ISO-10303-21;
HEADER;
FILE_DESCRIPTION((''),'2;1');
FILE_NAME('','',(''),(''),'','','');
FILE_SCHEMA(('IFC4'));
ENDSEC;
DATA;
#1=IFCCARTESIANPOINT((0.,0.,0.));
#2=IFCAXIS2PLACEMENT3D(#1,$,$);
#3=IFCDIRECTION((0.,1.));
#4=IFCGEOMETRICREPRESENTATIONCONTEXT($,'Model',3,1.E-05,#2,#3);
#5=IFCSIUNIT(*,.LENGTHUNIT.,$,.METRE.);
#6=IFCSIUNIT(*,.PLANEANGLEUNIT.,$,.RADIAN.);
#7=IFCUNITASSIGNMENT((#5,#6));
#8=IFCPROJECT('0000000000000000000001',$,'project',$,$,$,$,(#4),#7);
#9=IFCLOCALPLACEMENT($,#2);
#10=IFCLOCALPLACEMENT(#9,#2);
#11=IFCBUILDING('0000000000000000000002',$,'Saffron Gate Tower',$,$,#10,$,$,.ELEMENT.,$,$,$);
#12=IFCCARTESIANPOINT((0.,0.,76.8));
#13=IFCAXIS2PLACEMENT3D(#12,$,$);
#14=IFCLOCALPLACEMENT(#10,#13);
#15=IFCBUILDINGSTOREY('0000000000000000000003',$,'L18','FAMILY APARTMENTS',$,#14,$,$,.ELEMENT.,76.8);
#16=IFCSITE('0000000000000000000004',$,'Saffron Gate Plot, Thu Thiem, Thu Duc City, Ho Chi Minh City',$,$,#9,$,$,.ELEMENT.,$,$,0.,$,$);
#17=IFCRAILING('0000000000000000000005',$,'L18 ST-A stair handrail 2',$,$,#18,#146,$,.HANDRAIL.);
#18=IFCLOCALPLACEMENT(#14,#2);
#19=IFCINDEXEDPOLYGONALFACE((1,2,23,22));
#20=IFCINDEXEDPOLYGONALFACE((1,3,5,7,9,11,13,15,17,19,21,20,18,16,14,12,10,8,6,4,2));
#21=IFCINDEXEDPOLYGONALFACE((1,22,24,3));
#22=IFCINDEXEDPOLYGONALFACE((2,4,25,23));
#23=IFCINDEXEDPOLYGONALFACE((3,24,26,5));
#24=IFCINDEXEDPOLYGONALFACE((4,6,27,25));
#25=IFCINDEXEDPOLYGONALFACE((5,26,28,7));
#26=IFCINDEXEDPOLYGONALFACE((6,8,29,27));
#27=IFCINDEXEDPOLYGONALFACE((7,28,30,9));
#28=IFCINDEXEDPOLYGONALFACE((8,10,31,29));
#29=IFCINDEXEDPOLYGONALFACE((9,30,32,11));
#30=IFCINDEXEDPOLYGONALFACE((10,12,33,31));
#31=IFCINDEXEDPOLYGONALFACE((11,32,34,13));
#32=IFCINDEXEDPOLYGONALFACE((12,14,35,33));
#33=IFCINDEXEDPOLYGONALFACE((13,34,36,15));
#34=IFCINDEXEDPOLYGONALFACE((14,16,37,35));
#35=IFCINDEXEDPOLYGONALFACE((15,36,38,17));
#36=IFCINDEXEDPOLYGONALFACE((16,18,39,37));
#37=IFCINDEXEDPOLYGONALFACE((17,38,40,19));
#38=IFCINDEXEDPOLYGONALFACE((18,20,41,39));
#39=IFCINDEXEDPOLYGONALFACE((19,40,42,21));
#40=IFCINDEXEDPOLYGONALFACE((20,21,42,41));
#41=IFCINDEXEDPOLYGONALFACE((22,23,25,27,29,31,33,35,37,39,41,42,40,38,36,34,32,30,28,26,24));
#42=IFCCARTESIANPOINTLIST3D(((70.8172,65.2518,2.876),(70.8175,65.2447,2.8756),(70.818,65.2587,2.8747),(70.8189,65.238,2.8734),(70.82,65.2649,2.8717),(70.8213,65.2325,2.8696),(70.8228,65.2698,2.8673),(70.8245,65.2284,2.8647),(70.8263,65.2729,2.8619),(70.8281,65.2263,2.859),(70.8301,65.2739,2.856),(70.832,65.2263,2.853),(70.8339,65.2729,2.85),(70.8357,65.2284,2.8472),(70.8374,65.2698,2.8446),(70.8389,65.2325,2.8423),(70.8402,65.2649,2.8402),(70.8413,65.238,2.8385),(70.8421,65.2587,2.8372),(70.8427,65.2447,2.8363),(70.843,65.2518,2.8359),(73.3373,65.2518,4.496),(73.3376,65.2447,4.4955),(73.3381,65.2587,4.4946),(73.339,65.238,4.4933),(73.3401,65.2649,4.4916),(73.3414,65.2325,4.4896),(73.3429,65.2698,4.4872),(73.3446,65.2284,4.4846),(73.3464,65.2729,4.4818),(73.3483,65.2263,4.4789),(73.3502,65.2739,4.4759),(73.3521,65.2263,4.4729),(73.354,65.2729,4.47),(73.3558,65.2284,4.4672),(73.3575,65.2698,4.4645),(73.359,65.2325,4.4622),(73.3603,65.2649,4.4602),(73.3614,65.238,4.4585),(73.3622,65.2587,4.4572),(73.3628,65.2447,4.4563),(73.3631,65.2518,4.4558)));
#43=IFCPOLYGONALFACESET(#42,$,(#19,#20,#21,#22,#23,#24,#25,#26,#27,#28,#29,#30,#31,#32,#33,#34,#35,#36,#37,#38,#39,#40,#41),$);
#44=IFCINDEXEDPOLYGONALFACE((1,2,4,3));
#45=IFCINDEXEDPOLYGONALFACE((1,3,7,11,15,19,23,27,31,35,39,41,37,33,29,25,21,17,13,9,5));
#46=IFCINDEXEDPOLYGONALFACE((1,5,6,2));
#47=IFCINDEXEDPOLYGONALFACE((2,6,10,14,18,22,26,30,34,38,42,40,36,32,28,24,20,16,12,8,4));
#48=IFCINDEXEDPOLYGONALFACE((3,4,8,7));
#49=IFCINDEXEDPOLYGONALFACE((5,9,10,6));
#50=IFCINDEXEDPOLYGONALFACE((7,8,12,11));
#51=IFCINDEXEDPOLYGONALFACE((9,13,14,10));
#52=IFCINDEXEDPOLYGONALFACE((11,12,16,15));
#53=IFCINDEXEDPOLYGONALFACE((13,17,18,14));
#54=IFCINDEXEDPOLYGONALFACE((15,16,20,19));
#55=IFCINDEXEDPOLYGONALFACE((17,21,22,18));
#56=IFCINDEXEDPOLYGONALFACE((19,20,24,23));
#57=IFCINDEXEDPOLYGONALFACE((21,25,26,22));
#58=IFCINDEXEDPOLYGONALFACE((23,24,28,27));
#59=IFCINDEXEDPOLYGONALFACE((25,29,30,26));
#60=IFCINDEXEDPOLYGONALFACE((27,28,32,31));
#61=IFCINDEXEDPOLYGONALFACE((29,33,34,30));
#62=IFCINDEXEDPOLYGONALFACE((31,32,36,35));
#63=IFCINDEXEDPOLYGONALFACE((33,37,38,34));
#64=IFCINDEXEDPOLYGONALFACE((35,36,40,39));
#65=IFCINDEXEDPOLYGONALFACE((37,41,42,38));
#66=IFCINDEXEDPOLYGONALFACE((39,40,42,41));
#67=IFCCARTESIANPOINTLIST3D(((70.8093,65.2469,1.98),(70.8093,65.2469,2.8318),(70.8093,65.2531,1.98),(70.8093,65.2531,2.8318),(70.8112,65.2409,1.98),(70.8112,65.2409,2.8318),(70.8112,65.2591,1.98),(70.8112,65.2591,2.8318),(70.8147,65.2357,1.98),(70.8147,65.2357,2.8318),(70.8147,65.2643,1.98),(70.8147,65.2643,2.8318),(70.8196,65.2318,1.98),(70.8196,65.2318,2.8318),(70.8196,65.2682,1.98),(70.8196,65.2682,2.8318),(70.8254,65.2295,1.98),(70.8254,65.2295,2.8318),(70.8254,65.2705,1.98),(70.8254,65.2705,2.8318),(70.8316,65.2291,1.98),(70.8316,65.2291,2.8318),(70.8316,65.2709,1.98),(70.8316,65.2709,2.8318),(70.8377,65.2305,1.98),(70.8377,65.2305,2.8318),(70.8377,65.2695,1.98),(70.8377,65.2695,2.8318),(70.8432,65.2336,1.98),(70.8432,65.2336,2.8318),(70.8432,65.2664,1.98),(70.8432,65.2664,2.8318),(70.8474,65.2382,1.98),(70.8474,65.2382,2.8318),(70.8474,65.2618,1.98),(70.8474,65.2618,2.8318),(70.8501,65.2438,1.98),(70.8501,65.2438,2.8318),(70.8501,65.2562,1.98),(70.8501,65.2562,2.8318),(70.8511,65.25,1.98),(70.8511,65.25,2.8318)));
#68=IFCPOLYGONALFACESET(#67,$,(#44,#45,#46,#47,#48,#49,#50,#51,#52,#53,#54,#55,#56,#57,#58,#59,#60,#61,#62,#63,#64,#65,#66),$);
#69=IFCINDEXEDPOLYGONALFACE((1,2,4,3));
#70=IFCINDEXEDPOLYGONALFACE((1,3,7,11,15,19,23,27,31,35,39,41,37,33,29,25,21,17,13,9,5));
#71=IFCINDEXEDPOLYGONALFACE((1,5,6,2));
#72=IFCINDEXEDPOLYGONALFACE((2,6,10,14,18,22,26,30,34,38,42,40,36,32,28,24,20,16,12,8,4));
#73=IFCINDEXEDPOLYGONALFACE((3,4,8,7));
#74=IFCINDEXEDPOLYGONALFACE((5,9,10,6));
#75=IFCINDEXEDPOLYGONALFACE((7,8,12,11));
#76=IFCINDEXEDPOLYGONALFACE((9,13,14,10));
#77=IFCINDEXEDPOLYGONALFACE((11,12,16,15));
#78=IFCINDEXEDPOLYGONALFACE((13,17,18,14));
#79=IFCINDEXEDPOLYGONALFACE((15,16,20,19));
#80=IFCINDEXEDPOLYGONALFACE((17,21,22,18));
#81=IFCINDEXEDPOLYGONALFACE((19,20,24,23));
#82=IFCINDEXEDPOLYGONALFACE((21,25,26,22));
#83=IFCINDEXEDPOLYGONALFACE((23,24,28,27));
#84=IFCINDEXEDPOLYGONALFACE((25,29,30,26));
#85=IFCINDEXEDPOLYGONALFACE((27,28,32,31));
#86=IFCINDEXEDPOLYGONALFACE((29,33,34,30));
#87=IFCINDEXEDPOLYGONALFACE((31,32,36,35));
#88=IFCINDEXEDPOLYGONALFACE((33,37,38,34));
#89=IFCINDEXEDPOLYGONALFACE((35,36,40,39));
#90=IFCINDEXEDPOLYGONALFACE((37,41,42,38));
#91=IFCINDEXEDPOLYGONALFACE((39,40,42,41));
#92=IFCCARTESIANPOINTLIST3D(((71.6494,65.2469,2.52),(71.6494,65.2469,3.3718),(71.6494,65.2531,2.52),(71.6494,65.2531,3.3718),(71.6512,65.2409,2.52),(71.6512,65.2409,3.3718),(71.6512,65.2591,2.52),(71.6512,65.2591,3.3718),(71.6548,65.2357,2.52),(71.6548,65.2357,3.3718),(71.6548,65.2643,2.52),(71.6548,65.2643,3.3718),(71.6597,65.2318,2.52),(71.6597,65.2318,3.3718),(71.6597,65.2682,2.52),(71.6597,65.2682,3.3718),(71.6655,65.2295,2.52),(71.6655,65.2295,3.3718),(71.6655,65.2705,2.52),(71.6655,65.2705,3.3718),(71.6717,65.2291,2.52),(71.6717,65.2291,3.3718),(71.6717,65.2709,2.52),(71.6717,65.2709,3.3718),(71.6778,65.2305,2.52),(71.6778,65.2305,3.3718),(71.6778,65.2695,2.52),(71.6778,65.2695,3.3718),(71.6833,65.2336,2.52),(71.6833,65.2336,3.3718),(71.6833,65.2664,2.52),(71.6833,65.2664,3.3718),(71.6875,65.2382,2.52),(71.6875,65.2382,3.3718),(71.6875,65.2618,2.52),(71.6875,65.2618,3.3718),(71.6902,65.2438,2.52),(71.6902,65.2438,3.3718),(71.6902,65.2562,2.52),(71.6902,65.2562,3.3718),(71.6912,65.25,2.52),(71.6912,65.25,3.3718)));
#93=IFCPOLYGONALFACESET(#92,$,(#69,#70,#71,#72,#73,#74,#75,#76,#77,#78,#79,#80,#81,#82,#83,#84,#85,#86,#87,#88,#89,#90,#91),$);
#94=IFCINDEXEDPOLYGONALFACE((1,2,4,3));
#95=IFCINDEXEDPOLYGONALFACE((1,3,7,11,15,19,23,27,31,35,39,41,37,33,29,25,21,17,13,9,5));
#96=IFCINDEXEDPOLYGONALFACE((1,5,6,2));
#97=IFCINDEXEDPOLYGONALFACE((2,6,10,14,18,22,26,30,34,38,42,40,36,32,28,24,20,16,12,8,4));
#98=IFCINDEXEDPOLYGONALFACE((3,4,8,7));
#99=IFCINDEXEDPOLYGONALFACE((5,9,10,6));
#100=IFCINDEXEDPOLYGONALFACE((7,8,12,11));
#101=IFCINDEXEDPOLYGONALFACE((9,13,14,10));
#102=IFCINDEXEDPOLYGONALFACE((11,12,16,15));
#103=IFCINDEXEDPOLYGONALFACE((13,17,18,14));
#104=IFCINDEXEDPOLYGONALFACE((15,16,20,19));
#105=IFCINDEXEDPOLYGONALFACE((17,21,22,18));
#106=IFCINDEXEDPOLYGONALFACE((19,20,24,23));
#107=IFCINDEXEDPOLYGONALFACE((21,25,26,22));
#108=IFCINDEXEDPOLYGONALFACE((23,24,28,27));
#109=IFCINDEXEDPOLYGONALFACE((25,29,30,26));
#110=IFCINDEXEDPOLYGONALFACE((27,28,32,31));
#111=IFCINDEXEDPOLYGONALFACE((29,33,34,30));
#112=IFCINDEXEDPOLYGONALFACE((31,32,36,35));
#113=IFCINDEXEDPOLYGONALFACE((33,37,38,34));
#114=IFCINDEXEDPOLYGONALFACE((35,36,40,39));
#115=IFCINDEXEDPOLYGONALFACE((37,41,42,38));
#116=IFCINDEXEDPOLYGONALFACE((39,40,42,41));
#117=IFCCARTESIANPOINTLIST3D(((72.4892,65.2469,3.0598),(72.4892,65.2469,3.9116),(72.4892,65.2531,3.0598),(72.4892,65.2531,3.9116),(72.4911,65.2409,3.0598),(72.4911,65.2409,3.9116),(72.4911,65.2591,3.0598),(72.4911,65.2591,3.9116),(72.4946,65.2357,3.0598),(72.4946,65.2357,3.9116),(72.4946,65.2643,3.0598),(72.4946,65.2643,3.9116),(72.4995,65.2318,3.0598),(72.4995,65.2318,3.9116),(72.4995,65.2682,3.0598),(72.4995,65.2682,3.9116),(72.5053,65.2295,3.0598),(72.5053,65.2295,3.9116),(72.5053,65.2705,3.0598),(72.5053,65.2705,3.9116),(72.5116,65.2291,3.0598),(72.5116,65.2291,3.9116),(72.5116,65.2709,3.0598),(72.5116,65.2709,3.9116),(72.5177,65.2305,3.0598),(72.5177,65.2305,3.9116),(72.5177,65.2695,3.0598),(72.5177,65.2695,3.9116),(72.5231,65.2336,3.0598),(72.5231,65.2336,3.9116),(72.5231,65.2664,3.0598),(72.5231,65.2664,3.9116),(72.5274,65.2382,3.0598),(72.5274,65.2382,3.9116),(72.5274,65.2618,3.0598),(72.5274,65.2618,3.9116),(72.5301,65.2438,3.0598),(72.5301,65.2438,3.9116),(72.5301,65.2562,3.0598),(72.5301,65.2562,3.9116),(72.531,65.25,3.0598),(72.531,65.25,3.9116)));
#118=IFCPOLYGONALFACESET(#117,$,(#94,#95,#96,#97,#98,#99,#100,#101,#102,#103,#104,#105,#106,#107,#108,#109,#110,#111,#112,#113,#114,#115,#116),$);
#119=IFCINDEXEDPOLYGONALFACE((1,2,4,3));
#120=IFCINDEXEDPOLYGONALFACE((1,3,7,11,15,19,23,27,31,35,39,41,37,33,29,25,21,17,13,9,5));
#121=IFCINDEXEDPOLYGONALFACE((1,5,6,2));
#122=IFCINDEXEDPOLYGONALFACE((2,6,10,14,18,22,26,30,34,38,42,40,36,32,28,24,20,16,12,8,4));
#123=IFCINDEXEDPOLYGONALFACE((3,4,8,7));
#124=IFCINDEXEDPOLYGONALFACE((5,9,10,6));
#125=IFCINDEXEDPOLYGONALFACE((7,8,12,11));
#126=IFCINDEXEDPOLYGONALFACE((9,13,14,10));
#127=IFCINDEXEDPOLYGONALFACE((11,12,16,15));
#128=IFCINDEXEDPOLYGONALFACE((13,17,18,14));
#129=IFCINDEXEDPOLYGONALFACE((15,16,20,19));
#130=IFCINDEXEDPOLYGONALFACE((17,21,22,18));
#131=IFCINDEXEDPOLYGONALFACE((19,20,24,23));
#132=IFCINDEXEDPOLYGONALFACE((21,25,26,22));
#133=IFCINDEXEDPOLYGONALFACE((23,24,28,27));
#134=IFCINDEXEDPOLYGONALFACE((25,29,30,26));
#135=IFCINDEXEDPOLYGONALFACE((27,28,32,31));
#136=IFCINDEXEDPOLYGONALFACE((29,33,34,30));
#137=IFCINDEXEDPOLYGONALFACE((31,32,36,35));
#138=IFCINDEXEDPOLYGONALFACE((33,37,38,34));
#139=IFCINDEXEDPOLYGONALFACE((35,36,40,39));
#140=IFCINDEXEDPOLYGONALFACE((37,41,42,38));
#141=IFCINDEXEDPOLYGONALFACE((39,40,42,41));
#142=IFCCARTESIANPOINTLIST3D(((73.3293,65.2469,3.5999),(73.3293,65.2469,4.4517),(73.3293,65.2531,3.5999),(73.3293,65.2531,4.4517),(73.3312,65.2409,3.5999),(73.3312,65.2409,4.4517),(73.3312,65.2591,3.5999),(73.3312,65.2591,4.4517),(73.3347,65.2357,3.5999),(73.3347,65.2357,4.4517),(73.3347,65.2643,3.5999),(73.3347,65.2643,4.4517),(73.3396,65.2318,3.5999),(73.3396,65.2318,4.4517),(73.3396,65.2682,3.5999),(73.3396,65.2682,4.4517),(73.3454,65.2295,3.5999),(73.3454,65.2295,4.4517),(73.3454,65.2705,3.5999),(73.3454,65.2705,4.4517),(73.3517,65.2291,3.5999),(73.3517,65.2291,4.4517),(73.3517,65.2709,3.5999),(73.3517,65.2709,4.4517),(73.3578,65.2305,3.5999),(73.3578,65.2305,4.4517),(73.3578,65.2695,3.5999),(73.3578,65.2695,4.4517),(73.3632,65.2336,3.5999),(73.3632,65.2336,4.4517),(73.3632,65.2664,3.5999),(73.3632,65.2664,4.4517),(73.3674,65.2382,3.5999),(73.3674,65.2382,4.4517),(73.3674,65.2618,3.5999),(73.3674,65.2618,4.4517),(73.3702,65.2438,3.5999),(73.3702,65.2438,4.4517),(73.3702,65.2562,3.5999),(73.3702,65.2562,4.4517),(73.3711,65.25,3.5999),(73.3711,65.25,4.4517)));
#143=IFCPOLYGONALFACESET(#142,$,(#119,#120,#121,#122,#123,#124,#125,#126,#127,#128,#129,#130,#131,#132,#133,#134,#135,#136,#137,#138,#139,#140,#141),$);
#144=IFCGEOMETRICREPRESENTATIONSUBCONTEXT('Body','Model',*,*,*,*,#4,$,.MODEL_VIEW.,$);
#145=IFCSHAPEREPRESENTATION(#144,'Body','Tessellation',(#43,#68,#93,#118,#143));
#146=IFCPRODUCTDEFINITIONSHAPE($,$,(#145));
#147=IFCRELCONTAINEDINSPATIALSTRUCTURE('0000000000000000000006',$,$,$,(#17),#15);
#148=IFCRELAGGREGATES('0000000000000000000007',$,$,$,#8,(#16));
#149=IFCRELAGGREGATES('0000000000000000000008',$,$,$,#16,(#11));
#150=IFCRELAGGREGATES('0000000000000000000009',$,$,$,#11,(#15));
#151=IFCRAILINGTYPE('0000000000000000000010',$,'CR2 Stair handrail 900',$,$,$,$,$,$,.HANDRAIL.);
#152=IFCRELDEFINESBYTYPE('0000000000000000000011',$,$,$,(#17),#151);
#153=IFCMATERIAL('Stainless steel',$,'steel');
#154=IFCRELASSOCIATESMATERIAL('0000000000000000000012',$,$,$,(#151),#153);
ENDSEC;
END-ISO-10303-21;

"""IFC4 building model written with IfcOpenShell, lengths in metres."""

from ifc_helpers import new_model, si_unit, direction, frame, origin, origin_2d, place, context, subcontext, project, spatial, circle, extrude, material, type_object, element, save


model = new_model("IFC4")

# Units and contexts
model_context = context("Model", 3, precision=1e-05, world=origin(), true_north=direction((0.0, 1.0)))
body_context = subcontext(model_context, "Body", "Model", "MODEL_VIEW")
ifc_project = project(units=[si_unit("LENGTHUNIT", "METRE"), si_unit("PLANEANGLEUNIT", "RADIAN")], contexts=[model_context])

# Site, building, storey
site_placement = place(None, origin())
site = spatial("IfcSite", under=ifc_project, at=site_placement, Name="Saffron Gate Plot, Thu Thiem, Thu Duc City, Ho Chi Minh City", CompositionType="ELEMENT", RefElevation=0.0)
building_placement = place(site_placement, origin())
building = spatial("IfcBuilding", under=site, at=building_placement, Name="Saffron Gate Tower", CompositionType="ELEMENT")
storey_placement = place(building_placement, frame((0.0, 0.0, 76.8)))
storey = spatial("IfcBuildingStorey", under=building, at=storey_placement, Name="L18", Description="FAMILY APARTMENTS", CompositionType="ELEMENT", Elevation=76.8)

# Railing
ifc_material_1 = material(Name="Stainless steel", Category="steel")
railing_type_1 = type_object("IfcRailingType", Name="CR2 Stair handrail 900", PredefinedType="HANDRAIL", material=ifc_material_1)
railing_1_placement = place(storey_placement, frame((70.8301, 65.25, 1.98)))
element("IfcRailing", 1, at=railing_1_placement, inside=storey, type_object=railing_type_1, Name="L18 ST-A stair handrail 2", PredefinedType="HANDRAIL", context=body_context, shape_type="SweptSolid", body=[
    extrude(circle(Radius=0.0239, at=origin_2d()), frame((0.0, 0.0, 0.876), z_axis=(0.8412, 0.0, 0.540725), x_axis=(0.0, 1.0, 0.0)), (0.0, 0.0, 1.0), 2.9958),
    extrude(circle(Radius=0.021, at=origin_2d()), origin(), (0.0, 0.0, 1.0), 0.8518),
    extrude(circle(Radius=0.021, at=origin_2d()), frame((0.8401, 0.0, 0.54)), (0.0, 0.0, 1.0), 0.8518),
    extrude(circle(Radius=0.021, at=origin_2d()), frame((1.6799, 0.0, 1.0798)), (0.0, 0.0, 1.0), 0.8518),
    extrude(circle(Radius=0.021, at=origin_2d()), frame((2.52, 0.0, 1.6199)), (0.0, 0.0, 1.0), 0.8518),
])

save(model, "model.ifc")
